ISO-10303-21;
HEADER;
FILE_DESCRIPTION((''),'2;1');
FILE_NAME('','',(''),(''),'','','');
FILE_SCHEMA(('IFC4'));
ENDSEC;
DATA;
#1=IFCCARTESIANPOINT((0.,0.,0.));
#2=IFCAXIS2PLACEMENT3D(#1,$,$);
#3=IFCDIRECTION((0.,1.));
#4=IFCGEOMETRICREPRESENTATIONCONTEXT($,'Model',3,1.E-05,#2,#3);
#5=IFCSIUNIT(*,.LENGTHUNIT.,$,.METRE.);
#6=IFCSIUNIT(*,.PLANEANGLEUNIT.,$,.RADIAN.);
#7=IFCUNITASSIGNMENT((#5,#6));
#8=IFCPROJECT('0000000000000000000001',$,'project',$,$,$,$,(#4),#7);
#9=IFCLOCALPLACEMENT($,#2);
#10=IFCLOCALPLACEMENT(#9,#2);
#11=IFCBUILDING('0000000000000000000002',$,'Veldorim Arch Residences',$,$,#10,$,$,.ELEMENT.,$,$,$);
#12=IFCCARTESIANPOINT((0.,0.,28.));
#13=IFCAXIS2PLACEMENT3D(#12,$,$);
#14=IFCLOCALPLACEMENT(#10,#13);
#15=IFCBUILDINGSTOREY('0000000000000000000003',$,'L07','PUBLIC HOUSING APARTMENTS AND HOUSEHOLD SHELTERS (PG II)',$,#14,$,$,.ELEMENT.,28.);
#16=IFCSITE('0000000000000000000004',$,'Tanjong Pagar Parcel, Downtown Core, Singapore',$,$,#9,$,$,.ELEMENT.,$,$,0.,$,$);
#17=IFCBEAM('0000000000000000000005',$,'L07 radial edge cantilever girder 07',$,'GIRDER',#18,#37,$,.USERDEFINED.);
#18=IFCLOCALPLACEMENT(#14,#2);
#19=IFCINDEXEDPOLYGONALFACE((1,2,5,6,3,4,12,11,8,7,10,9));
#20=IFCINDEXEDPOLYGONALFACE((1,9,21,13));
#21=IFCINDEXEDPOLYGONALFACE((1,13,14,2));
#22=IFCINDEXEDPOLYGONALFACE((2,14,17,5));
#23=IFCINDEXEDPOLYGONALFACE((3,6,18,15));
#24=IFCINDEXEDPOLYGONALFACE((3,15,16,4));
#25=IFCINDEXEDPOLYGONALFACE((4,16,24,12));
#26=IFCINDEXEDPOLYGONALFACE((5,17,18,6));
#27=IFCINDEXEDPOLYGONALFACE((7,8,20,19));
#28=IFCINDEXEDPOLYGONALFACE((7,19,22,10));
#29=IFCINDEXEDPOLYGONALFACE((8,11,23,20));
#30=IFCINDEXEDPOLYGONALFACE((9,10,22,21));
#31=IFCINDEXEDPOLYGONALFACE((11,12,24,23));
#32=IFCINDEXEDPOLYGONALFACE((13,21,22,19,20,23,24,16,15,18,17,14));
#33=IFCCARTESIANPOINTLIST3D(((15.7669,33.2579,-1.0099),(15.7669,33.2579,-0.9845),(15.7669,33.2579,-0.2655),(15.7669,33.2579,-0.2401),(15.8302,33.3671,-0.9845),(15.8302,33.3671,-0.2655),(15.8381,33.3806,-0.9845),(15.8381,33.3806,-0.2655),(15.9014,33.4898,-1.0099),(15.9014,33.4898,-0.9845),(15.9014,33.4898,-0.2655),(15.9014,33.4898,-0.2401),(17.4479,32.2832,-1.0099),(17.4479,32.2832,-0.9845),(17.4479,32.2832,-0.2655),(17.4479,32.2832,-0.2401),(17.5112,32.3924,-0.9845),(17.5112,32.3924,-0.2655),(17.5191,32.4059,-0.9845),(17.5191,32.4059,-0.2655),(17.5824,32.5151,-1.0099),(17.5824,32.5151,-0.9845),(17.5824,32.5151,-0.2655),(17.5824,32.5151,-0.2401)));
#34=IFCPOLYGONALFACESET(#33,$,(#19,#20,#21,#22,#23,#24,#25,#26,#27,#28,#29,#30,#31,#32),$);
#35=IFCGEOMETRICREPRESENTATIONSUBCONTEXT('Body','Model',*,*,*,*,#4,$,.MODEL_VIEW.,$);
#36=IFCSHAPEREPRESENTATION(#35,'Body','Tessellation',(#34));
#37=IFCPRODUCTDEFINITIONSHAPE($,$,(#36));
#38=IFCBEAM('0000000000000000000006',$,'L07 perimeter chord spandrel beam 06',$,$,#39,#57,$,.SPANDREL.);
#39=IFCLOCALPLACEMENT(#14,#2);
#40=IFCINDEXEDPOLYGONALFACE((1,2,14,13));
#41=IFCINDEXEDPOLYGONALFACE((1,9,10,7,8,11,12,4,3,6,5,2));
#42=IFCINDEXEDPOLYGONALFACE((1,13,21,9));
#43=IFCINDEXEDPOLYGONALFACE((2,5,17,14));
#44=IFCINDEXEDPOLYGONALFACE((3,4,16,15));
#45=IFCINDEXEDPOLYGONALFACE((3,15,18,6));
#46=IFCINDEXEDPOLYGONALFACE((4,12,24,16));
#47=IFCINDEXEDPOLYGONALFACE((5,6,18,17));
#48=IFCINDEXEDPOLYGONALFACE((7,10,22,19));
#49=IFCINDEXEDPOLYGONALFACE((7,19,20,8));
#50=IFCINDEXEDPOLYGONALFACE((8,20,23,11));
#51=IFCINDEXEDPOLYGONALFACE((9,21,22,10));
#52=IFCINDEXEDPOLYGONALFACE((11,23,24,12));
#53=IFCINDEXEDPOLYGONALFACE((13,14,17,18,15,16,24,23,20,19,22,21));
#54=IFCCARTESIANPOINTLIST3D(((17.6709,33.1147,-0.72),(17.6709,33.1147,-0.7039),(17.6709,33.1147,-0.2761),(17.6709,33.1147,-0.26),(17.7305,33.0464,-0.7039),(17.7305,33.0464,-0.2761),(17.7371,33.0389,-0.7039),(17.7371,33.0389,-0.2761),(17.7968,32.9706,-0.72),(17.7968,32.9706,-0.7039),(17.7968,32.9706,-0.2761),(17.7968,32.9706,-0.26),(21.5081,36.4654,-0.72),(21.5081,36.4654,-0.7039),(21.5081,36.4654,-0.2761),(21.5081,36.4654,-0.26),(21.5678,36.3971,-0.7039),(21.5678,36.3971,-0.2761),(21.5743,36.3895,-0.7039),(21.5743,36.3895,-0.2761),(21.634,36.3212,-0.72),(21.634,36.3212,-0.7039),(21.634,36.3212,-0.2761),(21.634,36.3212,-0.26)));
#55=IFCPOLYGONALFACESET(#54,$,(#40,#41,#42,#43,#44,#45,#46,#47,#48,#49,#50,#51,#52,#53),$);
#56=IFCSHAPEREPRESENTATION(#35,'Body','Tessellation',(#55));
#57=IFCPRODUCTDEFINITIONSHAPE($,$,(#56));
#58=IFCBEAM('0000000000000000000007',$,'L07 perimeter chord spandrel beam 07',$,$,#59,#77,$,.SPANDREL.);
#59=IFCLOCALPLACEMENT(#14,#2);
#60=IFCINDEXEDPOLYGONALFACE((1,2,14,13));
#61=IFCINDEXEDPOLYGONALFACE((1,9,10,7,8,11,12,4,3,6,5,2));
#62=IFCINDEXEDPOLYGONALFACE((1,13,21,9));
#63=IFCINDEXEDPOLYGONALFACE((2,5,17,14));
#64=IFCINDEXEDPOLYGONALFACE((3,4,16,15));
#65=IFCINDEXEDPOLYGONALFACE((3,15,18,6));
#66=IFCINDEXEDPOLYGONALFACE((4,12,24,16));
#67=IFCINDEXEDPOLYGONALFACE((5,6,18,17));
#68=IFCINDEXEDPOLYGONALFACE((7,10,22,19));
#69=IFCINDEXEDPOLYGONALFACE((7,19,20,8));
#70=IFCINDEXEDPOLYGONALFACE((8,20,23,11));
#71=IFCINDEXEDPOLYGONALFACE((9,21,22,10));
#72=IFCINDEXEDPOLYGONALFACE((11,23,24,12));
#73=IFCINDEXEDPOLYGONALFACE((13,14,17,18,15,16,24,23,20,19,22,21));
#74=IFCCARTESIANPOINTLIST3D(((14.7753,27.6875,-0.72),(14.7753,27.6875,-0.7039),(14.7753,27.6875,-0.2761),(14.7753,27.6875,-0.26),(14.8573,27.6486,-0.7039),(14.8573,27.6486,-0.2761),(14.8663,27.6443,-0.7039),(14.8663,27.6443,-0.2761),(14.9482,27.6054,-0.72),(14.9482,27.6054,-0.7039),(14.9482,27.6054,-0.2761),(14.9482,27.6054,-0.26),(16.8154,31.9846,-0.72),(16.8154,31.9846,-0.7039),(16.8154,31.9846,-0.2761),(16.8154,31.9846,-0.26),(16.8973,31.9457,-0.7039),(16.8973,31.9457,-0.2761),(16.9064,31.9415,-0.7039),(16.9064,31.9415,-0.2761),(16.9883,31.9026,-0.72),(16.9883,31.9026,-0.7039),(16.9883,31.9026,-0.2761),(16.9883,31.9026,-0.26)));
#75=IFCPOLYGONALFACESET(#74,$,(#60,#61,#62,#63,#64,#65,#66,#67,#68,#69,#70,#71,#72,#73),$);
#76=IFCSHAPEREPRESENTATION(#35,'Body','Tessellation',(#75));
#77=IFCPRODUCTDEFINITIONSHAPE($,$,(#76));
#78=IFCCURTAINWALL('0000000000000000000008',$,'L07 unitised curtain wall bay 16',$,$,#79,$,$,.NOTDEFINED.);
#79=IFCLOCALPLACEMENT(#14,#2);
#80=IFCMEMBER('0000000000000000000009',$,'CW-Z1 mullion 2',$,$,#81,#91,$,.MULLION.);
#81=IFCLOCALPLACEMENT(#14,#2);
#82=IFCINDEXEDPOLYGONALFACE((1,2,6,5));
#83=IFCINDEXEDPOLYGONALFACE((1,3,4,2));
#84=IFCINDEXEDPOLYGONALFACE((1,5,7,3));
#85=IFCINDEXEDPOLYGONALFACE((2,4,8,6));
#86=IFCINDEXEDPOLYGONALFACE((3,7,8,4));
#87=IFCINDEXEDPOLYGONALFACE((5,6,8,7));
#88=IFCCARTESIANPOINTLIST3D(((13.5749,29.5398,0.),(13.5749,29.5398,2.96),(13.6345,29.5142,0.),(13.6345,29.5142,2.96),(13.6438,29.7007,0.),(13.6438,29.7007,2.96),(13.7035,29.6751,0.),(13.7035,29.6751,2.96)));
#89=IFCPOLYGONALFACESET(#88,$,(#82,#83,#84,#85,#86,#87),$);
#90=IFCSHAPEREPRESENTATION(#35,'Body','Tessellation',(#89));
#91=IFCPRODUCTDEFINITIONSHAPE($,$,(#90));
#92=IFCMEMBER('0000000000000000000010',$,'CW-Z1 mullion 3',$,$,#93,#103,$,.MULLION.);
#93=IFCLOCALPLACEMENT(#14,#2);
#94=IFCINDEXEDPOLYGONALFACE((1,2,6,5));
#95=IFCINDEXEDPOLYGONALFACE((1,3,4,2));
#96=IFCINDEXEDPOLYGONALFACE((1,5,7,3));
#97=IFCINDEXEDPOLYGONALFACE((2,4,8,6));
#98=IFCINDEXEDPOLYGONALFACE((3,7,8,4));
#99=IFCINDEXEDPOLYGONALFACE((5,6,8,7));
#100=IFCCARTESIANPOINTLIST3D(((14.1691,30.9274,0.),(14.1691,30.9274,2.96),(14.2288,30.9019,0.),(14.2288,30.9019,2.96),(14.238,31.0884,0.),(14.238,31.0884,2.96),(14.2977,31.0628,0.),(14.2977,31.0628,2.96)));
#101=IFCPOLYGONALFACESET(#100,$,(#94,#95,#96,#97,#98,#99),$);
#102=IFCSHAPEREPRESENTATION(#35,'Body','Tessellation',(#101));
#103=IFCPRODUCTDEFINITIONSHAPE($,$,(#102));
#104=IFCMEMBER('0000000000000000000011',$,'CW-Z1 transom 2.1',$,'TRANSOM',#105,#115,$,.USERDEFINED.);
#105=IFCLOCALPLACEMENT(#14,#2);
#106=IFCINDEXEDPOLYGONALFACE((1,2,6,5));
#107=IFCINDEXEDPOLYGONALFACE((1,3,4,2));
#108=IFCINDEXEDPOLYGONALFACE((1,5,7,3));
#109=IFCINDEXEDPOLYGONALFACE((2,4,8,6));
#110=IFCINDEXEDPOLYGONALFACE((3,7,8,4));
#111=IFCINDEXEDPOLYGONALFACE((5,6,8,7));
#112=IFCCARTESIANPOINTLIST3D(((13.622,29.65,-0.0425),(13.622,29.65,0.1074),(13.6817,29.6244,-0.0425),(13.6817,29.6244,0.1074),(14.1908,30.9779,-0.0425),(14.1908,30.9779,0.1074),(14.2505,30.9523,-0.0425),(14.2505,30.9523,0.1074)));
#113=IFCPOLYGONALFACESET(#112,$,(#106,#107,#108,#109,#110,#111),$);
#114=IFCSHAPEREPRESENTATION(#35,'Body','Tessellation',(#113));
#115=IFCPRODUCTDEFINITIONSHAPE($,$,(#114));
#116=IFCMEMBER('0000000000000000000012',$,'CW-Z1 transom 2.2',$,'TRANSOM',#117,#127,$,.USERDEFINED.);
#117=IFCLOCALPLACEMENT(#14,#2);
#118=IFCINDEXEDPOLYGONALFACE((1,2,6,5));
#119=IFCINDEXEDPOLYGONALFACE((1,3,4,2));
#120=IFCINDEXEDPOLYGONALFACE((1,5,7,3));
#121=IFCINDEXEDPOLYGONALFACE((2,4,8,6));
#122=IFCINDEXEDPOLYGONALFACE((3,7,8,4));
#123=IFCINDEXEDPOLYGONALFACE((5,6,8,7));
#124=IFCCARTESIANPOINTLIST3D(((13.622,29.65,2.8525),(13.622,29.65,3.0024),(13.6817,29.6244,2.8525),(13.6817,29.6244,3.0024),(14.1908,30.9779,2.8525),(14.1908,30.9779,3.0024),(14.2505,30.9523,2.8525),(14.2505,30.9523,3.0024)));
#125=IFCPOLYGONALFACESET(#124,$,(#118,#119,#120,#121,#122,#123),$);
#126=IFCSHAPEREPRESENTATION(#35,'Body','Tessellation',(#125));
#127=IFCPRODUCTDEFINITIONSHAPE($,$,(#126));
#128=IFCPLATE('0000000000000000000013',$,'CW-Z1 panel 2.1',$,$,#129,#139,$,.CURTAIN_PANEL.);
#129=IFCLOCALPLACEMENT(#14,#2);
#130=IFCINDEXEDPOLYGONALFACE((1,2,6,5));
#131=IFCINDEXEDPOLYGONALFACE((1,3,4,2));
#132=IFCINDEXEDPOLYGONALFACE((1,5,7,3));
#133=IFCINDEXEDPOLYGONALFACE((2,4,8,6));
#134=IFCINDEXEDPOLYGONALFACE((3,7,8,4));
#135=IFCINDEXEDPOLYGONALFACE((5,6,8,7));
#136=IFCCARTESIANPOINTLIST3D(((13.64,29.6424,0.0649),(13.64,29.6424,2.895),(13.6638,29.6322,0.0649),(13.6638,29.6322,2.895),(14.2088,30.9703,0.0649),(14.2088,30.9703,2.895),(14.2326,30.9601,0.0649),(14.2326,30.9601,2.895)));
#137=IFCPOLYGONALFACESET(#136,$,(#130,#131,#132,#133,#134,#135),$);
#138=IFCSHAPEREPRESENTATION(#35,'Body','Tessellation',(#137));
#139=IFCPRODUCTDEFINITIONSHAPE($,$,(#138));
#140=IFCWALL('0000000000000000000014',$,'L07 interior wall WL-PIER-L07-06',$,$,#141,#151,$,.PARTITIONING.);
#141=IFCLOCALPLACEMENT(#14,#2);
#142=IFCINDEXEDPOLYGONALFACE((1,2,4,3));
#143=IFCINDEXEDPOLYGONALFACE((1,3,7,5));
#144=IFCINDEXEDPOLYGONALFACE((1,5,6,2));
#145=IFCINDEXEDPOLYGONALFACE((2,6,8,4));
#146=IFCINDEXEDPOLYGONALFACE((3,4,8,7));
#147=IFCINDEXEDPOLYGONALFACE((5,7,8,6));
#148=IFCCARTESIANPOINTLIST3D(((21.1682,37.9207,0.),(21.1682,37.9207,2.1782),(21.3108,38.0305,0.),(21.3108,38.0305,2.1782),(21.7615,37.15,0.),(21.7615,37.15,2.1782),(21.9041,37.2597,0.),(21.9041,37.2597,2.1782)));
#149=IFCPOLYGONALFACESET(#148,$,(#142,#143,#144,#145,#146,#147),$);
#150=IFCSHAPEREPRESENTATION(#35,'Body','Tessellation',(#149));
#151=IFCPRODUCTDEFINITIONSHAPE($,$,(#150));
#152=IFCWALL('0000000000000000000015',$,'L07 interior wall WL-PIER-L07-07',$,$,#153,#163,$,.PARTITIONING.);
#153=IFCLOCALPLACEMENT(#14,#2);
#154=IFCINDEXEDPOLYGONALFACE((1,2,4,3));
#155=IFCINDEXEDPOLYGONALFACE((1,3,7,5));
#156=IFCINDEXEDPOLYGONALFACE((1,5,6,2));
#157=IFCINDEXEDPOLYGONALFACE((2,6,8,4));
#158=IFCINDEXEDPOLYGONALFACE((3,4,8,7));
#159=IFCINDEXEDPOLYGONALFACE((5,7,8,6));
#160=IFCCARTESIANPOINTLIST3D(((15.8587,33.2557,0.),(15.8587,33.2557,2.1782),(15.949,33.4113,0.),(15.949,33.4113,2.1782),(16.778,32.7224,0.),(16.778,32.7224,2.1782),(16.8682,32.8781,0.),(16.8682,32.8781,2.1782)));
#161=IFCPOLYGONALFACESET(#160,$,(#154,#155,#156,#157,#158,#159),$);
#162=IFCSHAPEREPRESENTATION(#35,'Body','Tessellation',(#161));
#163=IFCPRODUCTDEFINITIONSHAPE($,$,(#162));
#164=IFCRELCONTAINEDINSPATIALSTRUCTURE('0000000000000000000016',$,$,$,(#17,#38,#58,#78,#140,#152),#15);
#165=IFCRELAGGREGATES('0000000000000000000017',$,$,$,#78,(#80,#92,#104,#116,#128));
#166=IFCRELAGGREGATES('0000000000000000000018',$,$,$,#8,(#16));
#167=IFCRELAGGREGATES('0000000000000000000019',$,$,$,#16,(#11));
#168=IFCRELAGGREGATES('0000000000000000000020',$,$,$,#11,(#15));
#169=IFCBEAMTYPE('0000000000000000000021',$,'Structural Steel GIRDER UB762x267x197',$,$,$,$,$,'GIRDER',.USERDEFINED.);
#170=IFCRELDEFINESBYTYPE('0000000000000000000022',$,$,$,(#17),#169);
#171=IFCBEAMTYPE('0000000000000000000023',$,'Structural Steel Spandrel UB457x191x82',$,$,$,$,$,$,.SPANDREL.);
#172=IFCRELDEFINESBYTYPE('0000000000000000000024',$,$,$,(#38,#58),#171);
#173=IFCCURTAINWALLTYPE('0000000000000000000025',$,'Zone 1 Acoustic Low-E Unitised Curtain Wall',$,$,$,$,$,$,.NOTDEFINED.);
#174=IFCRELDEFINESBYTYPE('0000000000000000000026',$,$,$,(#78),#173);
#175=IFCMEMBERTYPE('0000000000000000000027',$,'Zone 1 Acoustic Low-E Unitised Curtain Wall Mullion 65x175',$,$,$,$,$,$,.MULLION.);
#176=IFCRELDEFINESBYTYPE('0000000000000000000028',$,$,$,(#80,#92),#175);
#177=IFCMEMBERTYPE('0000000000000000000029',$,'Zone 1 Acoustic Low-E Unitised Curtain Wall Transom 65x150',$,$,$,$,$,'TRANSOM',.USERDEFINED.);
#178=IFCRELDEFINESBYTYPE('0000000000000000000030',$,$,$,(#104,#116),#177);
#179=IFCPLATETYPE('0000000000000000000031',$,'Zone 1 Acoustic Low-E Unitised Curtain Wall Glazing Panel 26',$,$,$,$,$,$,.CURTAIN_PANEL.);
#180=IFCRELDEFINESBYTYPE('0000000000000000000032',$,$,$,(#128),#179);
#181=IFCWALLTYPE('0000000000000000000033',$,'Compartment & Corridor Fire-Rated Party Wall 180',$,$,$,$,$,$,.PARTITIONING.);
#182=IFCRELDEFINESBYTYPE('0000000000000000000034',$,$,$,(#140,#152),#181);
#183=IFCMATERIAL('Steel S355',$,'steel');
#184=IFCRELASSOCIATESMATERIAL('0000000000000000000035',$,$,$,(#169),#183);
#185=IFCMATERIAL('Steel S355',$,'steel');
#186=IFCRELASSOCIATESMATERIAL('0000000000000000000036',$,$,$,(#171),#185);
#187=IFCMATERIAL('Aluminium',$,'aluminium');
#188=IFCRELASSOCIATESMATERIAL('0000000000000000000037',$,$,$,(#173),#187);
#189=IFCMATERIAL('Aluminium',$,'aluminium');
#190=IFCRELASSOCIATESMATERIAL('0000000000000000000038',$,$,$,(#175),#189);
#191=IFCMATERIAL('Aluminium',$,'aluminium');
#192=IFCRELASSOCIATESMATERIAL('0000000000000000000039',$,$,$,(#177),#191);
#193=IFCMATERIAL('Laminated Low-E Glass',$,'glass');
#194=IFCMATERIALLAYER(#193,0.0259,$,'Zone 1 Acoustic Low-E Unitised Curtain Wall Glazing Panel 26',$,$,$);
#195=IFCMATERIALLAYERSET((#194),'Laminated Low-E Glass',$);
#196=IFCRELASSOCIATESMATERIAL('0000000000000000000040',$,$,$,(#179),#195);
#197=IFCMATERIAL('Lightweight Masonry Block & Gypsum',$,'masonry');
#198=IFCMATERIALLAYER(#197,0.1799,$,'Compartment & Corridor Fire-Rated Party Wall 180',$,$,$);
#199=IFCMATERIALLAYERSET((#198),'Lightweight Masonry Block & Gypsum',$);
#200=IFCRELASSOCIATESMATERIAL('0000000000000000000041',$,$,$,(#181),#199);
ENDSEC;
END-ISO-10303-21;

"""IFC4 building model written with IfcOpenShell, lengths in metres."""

from ifc_helpers import new_model, si_unit, direction, frame, frame_2d, origin, origin_2d, place, context, subcontext, project, spatial, rectangle, i_section, extrude, material, layer, layer_set, material_profile, profile_set, type_object, element, aggregate, save


model = new_model("IFC4")

# Units and contexts
model_context = context("Model", 3, precision=1e-05, world=origin(), true_north=direction((0.0, 1.0)))
body_context = subcontext(model_context, "Body", "Model", "MODEL_VIEW")
ifc_project = project(units=[si_unit("LENGTHUNIT", "METRE"), si_unit("PLANEANGLEUNIT", "RADIAN")], contexts=[model_context])

# Site, building, storey
site_placement = place(None, origin())
site = spatial("IfcSite", under=ifc_project, at=site_placement, Name="Tanjong Pagar Parcel, Downtown Core, Singapore", CompositionType="ELEMENT", RefElevation=0.0)
building_placement = place(site_placement, origin())
building = spatial("IfcBuilding", under=site, at=building_placement, Name="Veldorim Arch Residences", CompositionType="ELEMENT")
storey_placement = place(building_placement, frame((0.0, 0.0, 28.0)))
storey = spatial("IfcBuildingStorey", under=building, at=storey_placement, Name="L07", Description="PUBLIC HOUSING APARTMENTS AND HOUSEHOLD SHELTERS (PG II)", CompositionType="ELEMENT", Elevation=28.0)

# Beams
ifc_material_1 = material(Name="Steel S355", Category="steel")
ifc_material_profile_1 = material_profile(ifc_material_1, i_section(OverallWidth=0.2681, OverallDepth=0.7698, WebThickness=0.0156, FlangeThickness=0.0254, at=origin_2d()), Name="UB762x267x197")
ifc_profile_set_1 = profile_set([ifc_material_profile_1], Name="Steel S355")
beam_type_1 = type_object("IfcBeamType", Name="Structural Steel GIRDER UB762x267x197", ElementType="GIRDER", PredefinedType="USERDEFINED", material=ifc_profile_set_1)
beam_1_placement = place(storey_placement, frame((17.5151, 32.3992, -0.625), z_axis=(-0.865102, 0.501596, 0.0), x_axis=(-0.501596, -0.865102, 0.0)))
element("IfcBeam", 1, at=beam_1_placement, inside=storey, type_object=beam_type_1, Name="L07 radial edge cantilever girder 07", ObjectType="GIRDER", PredefinedType="USERDEFINED", context=body_context, shape_type="SweptSolid", body=[
    extrude(i_section(OverallWidth=0.2681, OverallDepth=0.7698, WebThickness=0.0156, FlangeThickness=0.0254, at=origin_2d()), origin(), (0.0, 0.0, 1.0), 1.9431),
])
ifc_material_2 = material(Name="Steel S355", Category="steel")
ifc_material_profile_2 = material_profile(ifc_material_2, i_section(OverallWidth=0.1914, OverallDepth=0.46, WebThickness=0.01, FlangeThickness=0.0161, at=origin_2d()), Name="UB457x191x82")
ifc_profile_set_2 = profile_set([ifc_material_profile_2], Name="Steel S355")
beam_type_2 = type_object("IfcBeamType", Name="Structural Steel Spandrel UB457x191x82", PredefinedType="SPANDREL", material=ifc_profile_set_2)
beam_2_placement = place(storey_placement, frame((21.571, 36.3933, -0.49), z_axis=(-0.75325, -0.657734, 0.0), x_axis=(0.657734, -0.75325, 0.0)))
element("IfcBeam", 2, at=beam_2_placement, inside=storey, type_object=beam_type_2, Name="L07 perimeter chord spandrel beam 06", PredefinedType="SPANDREL", context=body_context, shape_type="SweptSolid", body=[
    extrude(i_section(OverallWidth=0.1914, OverallDepth=0.46, WebThickness=0.01, FlangeThickness=0.0161, at=origin_2d()), origin(), (0.0, 0.0, 1.0), 5.0942),
])
beam_3_placement = place(storey_placement, frame((16.9019, 31.9436, -0.49), z_axis=(-0.428869, -0.903366, 0.0), x_axis=(0.903366, -0.428869, 0.0)))
element("IfcBeam", 3, at=beam_3_placement, inside=storey, type_object=beam_type_2, Name="L07 perimeter chord spandrel beam 07", PredefinedType="SPANDREL", context=body_context, shape_type="SweptSolid", body=[
    extrude(i_section(OverallWidth=0.1914, OverallDepth=0.46, WebThickness=0.01, FlangeThickness=0.0161, at=origin_2d()), origin(), (0.0, 0.0, 1.0), 4.7568),
])

# Curtain wall, members, plate
ifc_material_3 = material(Name="Aluminium", Category="aluminium")
curtain_wall_type = type_object("IfcCurtainWallType", Name="Zone 1 Acoustic Low-E Unitised Curtain Wall", PredefinedType="NOTDEFINED", material=ifc_material_3)
curtain_wall_placement = place(storey_placement, origin())
curtain_wall = element("IfcCurtainWall", 4, at=curtain_wall_placement, inside=storey, type_object=curtain_wall_type, Name="L07 unitised curtain wall bay 16", PredefinedType="NOTDEFINED")
ifc_material_4 = material(Name="Aluminium", Category="aluminium")
ifc_material_profile_3 = material_profile(ifc_material_4, rectangle(XDim=0.0649, YDim=0.175, at=origin_2d()), Name="ALU_MUL_65x175")
ifc_profile_set_3 = profile_set([ifc_material_profile_3], Name="Aluminium")
member_type_1 = type_object("IfcMemberType", Name="Zone 1 Acoustic Low-E Unitised Curtain Wall Mullion 65x175", PredefinedType="MULLION", material=ifc_profile_set_3)
member_1_placement = place(storey_placement, frame((13.6392, 29.6074, 0.0), z_axis=(0.0, 0.0, 1.0), x_axis=(-0.919222, 0.393739, 0.0)))
member_1 = element("IfcMember", 5, at=member_1_placement, type_object=member_type_1, Name="CW-Z1 mullion 2", PredefinedType="MULLION", context=body_context, shape_type="SweptSolid", body=[
    extrude(rectangle(XDim=0.0649, YDim=0.175, at=origin_2d()), origin(), (0.0, 0.0, 1.0), 2.96),
])
member_2_placement = place(storey_placement, frame((14.2334, 30.9951, 0.0), z_axis=(0.0, 0.0, 1.0), x_axis=(-0.919222, 0.393739, 0.0)))
member_2 = element("IfcMember", 6, at=member_2_placement, type_object=member_type_1, Name="CW-Z1 mullion 3", PredefinedType="MULLION", context=body_context, shape_type="SweptSolid", body=[
    extrude(rectangle(XDim=0.0649, YDim=0.175, at=origin_2d()), origin(), (0.0, 0.0, 1.0), 2.96),
])
ifc_material_5 = material(Name="Aluminium", Category="aluminium")
ifc_material_profile_4 = material_profile(ifc_material_5, rectangle(XDim=0.0649, YDim=0.1499, at=origin_2d()), Name="ALU_TRN_65x150")
ifc_profile_set_4 = profile_set([ifc_material_profile_4], Name="Aluminium")
member_type_2 = type_object("IfcMemberType", Name="Zone 1 Acoustic Low-E Unitised Curtain Wall Transom 65x150", ElementType="TRANSOM", PredefinedType="USERDEFINED", material=ifc_profile_set_4)
member_3_placement = place(storey_placement, frame((13.6519, 29.6372, 0.0325), z_axis=(0.393777, 0.919206, 0.0), x_axis=(-0.919206, 0.393777, 0.0)))
member_3 = element("IfcMember", 7, at=member_3_placement, type_object=member_type_2, Name="CW-Z1 transom 2.1", ObjectType="TRANSOM", PredefinedType="USERDEFINED", context=body_context, shape_type="SweptSolid", body=[
    extrude(rectangle(XDim=0.0649, YDim=0.1499, at=origin_2d()), origin(), (0.0, 0.0, 1.0), 1.4446),
])
member_4_placement = place(storey_placement, frame((13.6519, 29.6372, 2.9275), z_axis=(0.393777, 0.919206, 0.0), x_axis=(-0.919206, 0.393777, 0.0)))
member_4 = element("IfcMember", 8, at=member_4_placement, type_object=member_type_2, Name="CW-Z1 transom 2.2", ObjectType="TRANSOM", PredefinedType="USERDEFINED", context=body_context, shape_type="SweptSolid", body=[
    extrude(rectangle(XDim=0.0649, YDim=0.1499, at=origin_2d()), origin(), (0.0, 0.0, 1.0), 1.4446),
])
ifc_material_6 = material(Name="Laminated Low-E Glass", Category="glass")
ifc_layer_1 = layer(ifc_material_6, 0.0259, Name="Zone 1 Acoustic Low-E Unitised Curtain Wall Glazing Panel 26")
ifc_layer_set_1 = layer_set([ifc_layer_1], Name="Laminated Low-E Glass")
plate_type = type_object("IfcPlateType", Name="Zone 1 Acoustic Low-E Unitised Curtain Wall Glazing Panel 26", PredefinedType="CURTAIN_PANEL", material=ifc_layer_set_1)
plate_placement = place(storey_placement, frame((13.9363, 30.3013, 0.0649), z_axis=(0.0, 0.0, 1.0), x_axis=(0.393739, 0.919222, 0.0)))
plate = element("IfcPlate", 9, at=plate_placement, type_object=plate_type, Name="CW-Z1 panel 2.1", PredefinedType="CURTAIN_PANEL", context=body_context, shape_type="SweptSolid", body=[
    extrude(rectangle(XDim=1.4446, YDim=0.0259, at=origin_2d()), origin(), (0.0, 0.0, 1.0), 2.8301),
])
aggregate(curtain_wall, [member_1, member_2, member_3, member_4, plate])

# Walls
ifc_material_7 = material(Name="Lightweight Masonry Block & Gypsum", Category="masonry")
ifc_layer_2 = layer(ifc_material_7, 0.1799, Name="Compartment & Corridor Fire-Rated Party Wall 180")
ifc_layer_set_2 = layer_set([ifc_layer_2], Name="Lightweight Masonry Block & Gypsum")
wall_type_1 = type_object("IfcWallType", Name="Compartment & Corridor Fire-Rated Party Wall 180", PredefinedType="PARTITIONING", material=ifc_layer_set_2)
wall_1_placement = place(storey_placement, frame((21.8328, 37.2048, 0.0), z_axis=(0.0, 0.0, 1.0), x_axis=(-0.609953, 0.792437, 0.0)))
element("IfcWall", 10, at=wall_1_placement, inside=storey, type_object=wall_type_1, Name="L07 interior wall WL-PIER-L07-06", PredefinedType="PARTITIONING", context=body_context, shape_type="SweptSolid", body=[
    extrude(rectangle(XDim=0.9727, YDim=0.1799, at=frame_2d((0.4863, 0.0))), origin(), (0.0, 0.0, 1.0), 2.1782),
])
wall_2_placement = place(storey_placement, frame((16.823, 32.8003, 0.0), z_axis=(0.0, 0.0, 1.0), x_axis=(-0.865001, 0.50177, 0.0)))
element("IfcWall", 11, at=wall_2_placement, inside=storey, type_object=wall_type_1, Name="L07 interior wall WL-PIER-L07-07", PredefinedType="PARTITIONING", context=body_context, shape_type="SweptSolid", body=[
    extrude(rectangle(XDim=1.0627, YDim=0.1799, at=frame_2d((0.5312, 0.0))), origin(), (0.0, 0.0, 1.0), 2.1782),
])

save(model, "model.ifc")
